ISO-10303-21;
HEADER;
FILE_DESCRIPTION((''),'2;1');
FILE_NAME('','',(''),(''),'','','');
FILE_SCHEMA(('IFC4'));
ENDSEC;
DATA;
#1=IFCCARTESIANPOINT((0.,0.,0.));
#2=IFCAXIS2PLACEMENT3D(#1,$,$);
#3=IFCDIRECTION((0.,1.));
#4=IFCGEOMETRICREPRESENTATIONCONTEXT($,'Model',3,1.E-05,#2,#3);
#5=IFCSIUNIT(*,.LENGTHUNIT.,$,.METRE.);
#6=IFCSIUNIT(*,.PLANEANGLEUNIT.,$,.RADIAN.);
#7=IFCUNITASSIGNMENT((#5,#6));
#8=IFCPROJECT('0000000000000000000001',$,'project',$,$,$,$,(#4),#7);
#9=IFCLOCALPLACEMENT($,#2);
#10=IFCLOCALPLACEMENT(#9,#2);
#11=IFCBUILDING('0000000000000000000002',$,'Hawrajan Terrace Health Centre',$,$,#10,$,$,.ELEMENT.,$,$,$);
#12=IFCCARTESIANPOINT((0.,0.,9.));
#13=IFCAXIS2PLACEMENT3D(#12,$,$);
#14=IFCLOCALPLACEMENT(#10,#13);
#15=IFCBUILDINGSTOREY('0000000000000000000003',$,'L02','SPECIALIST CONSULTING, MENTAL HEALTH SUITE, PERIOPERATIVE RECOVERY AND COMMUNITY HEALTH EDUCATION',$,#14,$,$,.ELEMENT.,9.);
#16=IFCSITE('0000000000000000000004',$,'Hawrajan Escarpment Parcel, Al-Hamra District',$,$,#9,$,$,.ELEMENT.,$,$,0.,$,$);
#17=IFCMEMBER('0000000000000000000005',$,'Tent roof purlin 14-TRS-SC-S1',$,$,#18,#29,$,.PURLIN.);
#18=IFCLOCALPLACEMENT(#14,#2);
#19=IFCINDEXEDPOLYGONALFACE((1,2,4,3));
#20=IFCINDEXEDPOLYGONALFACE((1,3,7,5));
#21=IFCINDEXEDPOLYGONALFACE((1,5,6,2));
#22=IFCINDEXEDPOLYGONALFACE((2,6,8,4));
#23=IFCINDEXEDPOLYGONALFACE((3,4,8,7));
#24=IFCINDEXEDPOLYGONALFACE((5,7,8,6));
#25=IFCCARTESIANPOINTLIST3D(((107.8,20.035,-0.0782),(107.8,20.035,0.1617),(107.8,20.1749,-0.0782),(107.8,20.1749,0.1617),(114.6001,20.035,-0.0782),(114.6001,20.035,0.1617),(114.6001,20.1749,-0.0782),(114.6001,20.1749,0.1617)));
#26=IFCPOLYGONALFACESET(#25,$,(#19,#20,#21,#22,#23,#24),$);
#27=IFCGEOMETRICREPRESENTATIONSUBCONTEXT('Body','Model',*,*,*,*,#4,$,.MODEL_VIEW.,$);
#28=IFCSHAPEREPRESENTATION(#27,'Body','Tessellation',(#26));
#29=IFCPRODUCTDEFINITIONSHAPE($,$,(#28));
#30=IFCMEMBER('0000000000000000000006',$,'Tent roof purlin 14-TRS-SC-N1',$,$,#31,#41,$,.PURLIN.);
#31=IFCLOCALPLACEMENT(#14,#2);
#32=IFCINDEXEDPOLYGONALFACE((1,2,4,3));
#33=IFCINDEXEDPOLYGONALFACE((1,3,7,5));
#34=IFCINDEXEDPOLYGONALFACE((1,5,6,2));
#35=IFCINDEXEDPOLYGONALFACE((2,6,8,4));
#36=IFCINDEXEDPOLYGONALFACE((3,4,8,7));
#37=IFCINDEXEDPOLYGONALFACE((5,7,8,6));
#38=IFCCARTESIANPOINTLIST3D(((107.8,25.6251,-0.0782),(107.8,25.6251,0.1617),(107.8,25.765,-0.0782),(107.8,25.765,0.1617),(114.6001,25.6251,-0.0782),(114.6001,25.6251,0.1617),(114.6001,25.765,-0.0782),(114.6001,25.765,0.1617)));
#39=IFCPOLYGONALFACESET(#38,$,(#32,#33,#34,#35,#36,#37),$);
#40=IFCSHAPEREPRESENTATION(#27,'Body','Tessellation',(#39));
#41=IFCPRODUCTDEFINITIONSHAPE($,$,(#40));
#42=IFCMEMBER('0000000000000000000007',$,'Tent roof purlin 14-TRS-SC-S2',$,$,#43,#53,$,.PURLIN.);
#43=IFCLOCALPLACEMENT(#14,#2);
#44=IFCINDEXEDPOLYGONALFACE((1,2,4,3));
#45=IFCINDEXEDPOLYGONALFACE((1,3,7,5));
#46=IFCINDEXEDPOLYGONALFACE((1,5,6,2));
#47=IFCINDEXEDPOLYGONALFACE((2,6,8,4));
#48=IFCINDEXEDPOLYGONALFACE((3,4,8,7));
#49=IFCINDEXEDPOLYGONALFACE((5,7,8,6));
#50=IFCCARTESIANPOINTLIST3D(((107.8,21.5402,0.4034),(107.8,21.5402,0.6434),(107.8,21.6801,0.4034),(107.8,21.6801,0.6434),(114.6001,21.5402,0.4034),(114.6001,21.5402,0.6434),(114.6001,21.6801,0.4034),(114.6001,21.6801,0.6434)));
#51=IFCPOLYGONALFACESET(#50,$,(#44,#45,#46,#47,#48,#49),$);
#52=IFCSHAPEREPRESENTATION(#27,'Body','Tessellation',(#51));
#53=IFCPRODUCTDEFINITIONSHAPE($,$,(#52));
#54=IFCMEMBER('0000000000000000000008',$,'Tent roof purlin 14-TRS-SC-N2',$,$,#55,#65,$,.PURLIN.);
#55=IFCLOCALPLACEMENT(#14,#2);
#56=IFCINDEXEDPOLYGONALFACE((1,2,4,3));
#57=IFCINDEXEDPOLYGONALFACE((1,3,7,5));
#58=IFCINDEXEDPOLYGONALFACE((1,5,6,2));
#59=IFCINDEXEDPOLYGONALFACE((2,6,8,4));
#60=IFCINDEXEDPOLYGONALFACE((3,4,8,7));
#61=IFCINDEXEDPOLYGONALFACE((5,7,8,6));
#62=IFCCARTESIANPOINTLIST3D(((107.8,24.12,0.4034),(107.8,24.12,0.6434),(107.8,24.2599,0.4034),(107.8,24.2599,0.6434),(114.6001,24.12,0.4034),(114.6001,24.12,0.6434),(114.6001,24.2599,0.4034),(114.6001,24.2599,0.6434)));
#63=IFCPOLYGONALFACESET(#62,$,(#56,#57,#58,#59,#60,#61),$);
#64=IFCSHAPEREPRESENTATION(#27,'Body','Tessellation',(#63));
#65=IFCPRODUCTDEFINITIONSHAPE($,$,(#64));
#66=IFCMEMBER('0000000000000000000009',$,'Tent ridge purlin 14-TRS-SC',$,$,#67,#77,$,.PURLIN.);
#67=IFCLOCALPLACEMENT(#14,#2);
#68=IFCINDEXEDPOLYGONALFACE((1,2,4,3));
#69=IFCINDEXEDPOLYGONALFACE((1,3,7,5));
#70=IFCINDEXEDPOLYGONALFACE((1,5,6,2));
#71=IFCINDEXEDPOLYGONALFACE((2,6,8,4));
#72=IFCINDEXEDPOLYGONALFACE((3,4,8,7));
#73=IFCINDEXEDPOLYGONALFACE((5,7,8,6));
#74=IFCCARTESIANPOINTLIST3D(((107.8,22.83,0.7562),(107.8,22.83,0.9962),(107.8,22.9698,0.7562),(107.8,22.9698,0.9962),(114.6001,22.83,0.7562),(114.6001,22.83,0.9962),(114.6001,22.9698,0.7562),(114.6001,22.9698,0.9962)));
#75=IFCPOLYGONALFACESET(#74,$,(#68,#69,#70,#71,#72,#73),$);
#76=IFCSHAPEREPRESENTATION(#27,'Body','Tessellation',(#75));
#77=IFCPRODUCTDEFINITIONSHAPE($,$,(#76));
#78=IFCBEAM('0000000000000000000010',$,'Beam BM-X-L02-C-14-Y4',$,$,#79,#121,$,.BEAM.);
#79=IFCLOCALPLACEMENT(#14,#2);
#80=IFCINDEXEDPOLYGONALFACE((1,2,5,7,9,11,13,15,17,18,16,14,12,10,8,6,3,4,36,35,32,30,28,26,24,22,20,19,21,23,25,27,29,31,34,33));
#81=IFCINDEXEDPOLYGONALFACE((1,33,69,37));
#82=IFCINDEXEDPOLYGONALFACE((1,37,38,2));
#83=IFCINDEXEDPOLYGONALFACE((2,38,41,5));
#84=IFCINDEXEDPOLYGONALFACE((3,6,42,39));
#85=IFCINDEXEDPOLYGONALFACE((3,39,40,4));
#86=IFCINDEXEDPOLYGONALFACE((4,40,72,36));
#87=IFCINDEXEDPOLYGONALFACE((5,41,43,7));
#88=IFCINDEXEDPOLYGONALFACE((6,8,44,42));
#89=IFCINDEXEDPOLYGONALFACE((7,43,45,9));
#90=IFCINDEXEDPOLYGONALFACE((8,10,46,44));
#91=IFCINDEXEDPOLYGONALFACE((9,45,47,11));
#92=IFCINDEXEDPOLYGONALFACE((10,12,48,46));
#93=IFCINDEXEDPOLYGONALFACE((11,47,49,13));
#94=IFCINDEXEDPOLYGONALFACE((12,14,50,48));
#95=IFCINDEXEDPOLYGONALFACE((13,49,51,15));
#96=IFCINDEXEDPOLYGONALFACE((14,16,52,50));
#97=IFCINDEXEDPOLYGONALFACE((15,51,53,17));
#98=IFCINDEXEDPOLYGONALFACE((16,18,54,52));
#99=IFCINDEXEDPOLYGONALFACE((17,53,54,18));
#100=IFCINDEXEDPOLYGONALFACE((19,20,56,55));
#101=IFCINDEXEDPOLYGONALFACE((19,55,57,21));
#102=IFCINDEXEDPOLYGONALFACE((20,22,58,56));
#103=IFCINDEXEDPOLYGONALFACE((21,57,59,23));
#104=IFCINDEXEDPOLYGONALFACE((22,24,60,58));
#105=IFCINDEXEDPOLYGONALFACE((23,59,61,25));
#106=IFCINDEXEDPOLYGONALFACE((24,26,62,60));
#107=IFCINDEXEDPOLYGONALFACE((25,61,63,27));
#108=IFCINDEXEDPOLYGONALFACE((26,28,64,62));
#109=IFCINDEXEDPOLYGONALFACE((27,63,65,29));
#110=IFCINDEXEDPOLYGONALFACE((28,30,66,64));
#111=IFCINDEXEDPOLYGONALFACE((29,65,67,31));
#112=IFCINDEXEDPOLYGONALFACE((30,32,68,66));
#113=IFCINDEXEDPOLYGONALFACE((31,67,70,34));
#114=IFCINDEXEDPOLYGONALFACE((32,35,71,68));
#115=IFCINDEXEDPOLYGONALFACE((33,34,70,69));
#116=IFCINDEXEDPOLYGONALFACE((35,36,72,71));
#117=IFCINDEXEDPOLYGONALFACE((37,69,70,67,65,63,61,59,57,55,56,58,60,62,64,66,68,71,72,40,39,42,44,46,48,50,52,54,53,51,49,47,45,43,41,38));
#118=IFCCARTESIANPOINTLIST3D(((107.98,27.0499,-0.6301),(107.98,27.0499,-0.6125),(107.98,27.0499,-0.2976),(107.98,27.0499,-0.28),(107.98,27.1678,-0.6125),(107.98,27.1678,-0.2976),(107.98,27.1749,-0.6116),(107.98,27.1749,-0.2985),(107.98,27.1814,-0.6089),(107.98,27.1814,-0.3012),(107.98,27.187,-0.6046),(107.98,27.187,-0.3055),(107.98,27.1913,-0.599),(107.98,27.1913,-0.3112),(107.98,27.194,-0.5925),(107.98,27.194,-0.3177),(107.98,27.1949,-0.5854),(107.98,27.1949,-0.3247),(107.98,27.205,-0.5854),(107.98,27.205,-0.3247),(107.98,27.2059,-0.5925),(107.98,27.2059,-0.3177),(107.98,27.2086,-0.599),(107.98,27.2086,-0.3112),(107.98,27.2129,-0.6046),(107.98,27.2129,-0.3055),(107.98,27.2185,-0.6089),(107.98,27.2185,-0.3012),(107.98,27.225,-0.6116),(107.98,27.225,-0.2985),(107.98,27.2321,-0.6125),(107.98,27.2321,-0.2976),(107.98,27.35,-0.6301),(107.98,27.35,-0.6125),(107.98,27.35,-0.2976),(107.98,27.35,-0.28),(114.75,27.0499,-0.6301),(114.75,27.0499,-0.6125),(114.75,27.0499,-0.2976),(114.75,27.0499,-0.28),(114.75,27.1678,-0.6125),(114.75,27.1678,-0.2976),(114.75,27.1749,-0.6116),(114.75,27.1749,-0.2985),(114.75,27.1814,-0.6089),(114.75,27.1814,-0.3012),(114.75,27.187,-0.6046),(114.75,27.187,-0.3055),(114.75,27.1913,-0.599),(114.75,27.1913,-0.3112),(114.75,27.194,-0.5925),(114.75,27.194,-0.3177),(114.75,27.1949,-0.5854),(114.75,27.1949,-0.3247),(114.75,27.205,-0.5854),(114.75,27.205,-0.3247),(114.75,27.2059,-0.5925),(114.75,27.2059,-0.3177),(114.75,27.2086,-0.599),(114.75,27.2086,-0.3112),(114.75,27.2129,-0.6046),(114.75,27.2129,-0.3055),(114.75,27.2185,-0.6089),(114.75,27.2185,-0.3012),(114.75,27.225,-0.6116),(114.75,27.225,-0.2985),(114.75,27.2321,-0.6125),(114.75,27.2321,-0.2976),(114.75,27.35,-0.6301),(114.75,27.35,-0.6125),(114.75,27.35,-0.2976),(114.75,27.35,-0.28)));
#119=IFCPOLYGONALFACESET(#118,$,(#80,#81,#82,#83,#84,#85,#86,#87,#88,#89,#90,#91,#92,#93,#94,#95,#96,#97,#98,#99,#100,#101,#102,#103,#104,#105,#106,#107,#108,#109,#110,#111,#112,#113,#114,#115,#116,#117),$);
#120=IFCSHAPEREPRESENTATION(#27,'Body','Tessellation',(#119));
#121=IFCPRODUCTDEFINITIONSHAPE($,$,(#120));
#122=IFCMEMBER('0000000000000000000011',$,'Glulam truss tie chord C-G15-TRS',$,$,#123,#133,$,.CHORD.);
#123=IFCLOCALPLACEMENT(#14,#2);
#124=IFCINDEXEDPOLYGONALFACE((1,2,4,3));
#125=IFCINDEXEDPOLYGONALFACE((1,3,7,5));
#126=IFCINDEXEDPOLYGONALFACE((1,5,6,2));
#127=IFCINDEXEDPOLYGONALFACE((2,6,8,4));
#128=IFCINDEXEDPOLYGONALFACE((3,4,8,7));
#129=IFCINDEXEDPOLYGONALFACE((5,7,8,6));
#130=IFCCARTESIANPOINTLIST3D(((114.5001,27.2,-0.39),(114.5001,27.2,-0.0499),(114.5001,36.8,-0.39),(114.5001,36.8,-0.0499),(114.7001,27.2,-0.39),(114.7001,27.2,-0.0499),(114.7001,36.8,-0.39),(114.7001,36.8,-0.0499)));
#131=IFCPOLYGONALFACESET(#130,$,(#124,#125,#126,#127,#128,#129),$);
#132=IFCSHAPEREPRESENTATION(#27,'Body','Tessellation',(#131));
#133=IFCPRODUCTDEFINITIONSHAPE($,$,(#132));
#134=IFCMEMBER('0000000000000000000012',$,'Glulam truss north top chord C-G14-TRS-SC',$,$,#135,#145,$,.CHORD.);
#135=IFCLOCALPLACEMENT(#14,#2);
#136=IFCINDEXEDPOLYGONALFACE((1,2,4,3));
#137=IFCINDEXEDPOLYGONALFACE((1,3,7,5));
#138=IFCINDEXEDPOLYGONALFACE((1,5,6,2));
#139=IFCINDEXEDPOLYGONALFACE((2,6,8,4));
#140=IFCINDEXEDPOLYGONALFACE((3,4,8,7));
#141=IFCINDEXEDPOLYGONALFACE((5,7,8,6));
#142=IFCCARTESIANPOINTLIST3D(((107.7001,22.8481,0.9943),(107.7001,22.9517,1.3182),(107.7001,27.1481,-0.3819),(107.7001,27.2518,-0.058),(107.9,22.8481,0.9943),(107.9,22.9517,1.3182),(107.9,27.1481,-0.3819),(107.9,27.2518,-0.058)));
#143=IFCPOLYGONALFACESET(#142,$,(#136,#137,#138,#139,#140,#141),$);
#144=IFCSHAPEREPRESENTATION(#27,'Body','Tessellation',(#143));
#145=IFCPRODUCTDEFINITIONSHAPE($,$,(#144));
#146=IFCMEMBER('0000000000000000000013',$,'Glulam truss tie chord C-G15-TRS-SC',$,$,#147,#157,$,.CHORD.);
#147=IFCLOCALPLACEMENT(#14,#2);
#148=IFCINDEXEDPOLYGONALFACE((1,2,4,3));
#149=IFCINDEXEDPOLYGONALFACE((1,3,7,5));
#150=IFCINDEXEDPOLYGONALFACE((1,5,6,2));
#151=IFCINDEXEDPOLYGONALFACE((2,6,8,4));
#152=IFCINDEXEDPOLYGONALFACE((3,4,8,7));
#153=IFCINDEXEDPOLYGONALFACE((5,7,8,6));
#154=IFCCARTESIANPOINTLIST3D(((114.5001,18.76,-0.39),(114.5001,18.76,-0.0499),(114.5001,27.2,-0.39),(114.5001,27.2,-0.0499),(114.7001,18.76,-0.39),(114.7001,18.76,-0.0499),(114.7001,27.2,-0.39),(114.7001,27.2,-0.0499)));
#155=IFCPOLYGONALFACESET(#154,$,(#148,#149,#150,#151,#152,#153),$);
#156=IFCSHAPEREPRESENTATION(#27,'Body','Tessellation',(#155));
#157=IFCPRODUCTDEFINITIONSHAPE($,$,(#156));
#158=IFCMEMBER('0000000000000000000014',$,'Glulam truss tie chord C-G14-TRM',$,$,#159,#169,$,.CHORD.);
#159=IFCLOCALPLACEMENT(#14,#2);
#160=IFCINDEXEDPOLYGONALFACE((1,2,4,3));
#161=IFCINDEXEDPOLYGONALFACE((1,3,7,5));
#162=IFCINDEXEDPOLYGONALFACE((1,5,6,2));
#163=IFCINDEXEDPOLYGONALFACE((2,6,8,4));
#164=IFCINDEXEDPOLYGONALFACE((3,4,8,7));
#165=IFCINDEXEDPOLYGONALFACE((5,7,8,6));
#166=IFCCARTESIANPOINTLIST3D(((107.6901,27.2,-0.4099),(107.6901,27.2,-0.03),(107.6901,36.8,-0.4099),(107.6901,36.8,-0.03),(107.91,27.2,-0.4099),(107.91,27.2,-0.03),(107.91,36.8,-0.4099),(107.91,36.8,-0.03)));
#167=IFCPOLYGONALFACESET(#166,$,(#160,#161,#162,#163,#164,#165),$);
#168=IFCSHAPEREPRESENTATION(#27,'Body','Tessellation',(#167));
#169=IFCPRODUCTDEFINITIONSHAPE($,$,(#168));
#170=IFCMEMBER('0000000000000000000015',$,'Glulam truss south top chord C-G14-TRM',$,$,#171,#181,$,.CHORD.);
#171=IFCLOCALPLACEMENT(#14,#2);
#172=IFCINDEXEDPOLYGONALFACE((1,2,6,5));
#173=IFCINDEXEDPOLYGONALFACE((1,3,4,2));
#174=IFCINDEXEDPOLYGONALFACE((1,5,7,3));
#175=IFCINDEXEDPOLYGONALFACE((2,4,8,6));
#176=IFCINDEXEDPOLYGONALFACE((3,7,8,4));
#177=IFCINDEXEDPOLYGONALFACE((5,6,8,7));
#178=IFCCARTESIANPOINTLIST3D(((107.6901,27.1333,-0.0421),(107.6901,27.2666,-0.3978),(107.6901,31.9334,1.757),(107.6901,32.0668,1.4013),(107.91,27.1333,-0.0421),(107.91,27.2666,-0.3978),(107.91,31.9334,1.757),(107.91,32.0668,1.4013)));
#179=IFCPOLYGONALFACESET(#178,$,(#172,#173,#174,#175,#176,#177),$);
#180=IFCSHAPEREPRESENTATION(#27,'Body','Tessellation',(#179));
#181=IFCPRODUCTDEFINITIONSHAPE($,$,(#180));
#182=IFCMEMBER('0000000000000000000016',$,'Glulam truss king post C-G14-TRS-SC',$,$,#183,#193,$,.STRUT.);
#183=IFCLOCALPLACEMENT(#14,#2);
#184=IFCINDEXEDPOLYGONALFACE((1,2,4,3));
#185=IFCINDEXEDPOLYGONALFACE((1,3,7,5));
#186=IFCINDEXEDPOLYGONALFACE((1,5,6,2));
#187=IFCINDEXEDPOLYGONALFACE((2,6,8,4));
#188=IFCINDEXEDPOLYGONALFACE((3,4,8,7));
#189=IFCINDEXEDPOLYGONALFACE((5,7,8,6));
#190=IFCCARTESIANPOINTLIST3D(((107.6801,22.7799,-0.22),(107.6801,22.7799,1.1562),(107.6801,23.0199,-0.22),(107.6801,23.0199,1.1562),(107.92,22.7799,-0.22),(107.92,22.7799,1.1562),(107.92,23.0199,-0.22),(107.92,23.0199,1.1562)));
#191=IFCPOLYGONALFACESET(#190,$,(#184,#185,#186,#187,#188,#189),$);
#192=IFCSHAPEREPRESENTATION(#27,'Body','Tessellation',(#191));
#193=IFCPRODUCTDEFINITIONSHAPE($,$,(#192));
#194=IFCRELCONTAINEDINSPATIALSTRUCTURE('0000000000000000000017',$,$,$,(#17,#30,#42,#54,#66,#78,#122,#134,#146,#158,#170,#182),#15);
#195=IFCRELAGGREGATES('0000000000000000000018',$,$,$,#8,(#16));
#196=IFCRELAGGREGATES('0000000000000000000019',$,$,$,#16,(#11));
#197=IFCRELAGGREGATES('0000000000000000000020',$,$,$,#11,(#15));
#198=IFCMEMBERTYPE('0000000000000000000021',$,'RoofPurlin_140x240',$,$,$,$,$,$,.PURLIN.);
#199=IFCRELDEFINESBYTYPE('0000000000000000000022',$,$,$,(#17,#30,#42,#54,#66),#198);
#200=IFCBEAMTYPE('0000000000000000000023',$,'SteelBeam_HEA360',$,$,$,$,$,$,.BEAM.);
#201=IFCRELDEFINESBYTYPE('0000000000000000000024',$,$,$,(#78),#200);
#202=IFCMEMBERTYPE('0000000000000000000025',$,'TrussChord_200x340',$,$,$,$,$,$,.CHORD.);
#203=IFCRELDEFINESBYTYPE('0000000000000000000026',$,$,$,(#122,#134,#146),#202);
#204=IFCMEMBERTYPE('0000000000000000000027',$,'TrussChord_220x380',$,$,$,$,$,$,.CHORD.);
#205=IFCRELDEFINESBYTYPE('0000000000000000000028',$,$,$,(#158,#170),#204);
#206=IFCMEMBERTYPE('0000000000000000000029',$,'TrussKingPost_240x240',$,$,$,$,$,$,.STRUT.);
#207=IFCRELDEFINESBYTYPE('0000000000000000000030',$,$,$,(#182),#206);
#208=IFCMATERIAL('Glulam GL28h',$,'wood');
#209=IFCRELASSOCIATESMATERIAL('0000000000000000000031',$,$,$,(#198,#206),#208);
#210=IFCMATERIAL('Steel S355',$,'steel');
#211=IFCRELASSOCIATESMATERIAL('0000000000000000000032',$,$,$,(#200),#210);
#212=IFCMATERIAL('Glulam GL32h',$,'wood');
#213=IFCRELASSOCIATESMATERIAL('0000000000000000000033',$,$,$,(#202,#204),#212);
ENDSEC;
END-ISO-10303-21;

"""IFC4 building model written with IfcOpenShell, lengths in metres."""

from ifc_helpers import new_model, si_unit, direction, frame, origin, origin_2d, place, context, subcontext, project, spatial, rectangle, i_section, extrude, material, material_profile, profile_set, type_object, element, save


model = new_model("IFC4")

# Units and contexts
model_context = context("Model", 3, precision=1e-05, world=origin(), true_north=direction((0.0, 1.0)))
body_context = subcontext(model_context, "Body", "Model", "MODEL_VIEW")
ifc_project = project(units=[si_unit("LENGTHUNIT", "METRE"), si_unit("PLANEANGLEUNIT", "RADIAN")], contexts=[model_context])

# Site, building, storey
site_placement = place(None, origin())
site = spatial("IfcSite", under=ifc_project, at=site_placement, Name="Hawrajan Escarpment Parcel, Al-Hamra District", CompositionType="ELEMENT", RefElevation=0.0)
building_placement = place(site_placement, origin())
building = spatial("IfcBuilding", under=site, at=building_placement, Name="Hawrajan Terrace Health Centre", CompositionType="ELEMENT")
storey_placement = place(building_placement, frame((0.0, 0.0, 9.0)))
storey = spatial("IfcBuildingStorey", under=building, at=storey_placement, Name="L02", Description="SPECIALIST CONSULTING, MENTAL HEALTH SUITE, PERIOPERATIVE RECOVERY AND COMMUNITY HEALTH EDUCATION", CompositionType="ELEMENT", Elevation=9.0)

# Members
ifc_material_1 = material(Name="Glulam GL28h", Category="wood")
ifc_material_profile_1 = material_profile(ifc_material_1, rectangle(XDim=0.1399, YDim=0.24, at=origin_2d()), Name="GL PUR 140x240")
ifc_profile_set_1 = profile_set([ifc_material_profile_1], Name="Glulam GL28h")
member_type_1 = type_object("IfcMemberType", Name="RoofPurlin_140x240", PredefinedType="PURLIN", material=ifc_profile_set_1)
for number, where, z_axis, x_axis, name in (
    (1, (107.8, 20.105, 0.0417), (1.0, 0.0, 0.0), (0.0, 1.0, 0.0), "Tent roof purlin 14-TRS-SC-S1"),
    (2, (107.8, 25.6951, 0.0417), (1.0, 0.0, 0.0), (0.0, 1.0, 0.0), "Tent roof purlin 14-TRS-SC-N1"),
    (3, (107.8, 21.6101, 0.5234), (1.0, 0.0, 0.0), (0.0, 1.0, 0.0), "Tent roof purlin 14-TRS-SC-S2"),
    (4, (107.8, 24.1899, 0.5234), (1.0, 0.0, 0.0), (0.0, 1.0, 0.0), "Tent roof purlin 14-TRS-SC-N2"),
    (5, (107.8, 22.8999, 0.8762), (1.0, 0.0, 0.0), (0.0, 1.0, 0.0), "Tent ridge purlin 14-TRS-SC"),
):
    element("IfcMember", number, at=place(storey_placement, frame(where, z_axis=z_axis, x_axis=x_axis)), inside=storey, type_object=member_type_1, Name=name, PredefinedType="PURLIN", context=body_context, shape_type="SweptSolid", body=[
        extrude(rectangle(XDim=0.1399, YDim=0.24, at=origin_2d()), origin(), (0.0, 0.0, 1.0), 6.8),
    ])

# Beam
ifc_material_2 = material(Name="Steel S355", Category="steel")
ifc_material_profile_2 = material_profile(ifc_material_2, i_section(OverallWidth=0.3, OverallDepth=0.3501, WebThickness=0.01, FlangeThickness=0.0176, FilletRadius=0.0271, at=origin_2d()), Name="HEA 360")
ifc_profile_set_2 = profile_set([ifc_material_profile_2], Name="Steel S355")
beam_type = type_object("IfcBeamType", Name="SteelBeam_HEA360", PredefinedType="BEAM", material=ifc_profile_set_2)
beam_placement = place(storey_placement, frame((107.98, 27.2, -0.4551), z_axis=(1.0, 0.0, 0.0), x_axis=(0.0, 1.0, 0.0)))
element("IfcBeam", 6, at=beam_placement, inside=storey, type_object=beam_type, Name="Beam BM-X-L02-C-14-Y4", PredefinedType="BEAM", context=body_context, shape_type="SweptSolid", body=[
    extrude(i_section(OverallWidth=0.3, OverallDepth=0.3501, WebThickness=0.01, FlangeThickness=0.0176, FilletRadius=0.0271, at=origin_2d()), origin(), (0.0, 0.0, 1.0), 6.77),
])

# Members
ifc_material_3 = material(Name="Glulam GL32h", Category="wood")
ifc_material_profile_3 = material_profile(ifc_material_3, rectangle(XDim=0.2, YDim=0.3401, at=origin_2d()), Name="GL CHD 200x340")
ifc_profile_set_3 = profile_set([ifc_material_profile_3], Name="Glulam GL32h")
member_type_2 = type_object("IfcMemberType", Name="TrussChord_200x340", PredefinedType="CHORD", material=ifc_profile_set_3)
member_1_placement = place(storey_placement, frame((114.6001, 27.2, -0.22), z_axis=(0.0, 1.0, 0.0), x_axis=(-1.0, 0.0, 0.0)))
element("IfcMember", 7, at=member_1_placement, inside=storey, type_object=member_type_2, Name="Glulam truss tie chord C-G15-TRS", PredefinedType="CHORD", context=body_context, shape_type="SweptSolid", body=[
    extrude(rectangle(XDim=0.2, YDim=0.3401, at=origin_2d()), origin(), (0.0, 0.0, 1.0), 9.6001),
])
member_2_placement = place(storey_placement, frame((107.8, 22.8999, 1.1562), z_axis=(0.0, 0.952411, -0.304817), x_axis=(-1.0, 0.0, 0.0)))
element("IfcMember", 8, at=member_2_placement, inside=storey, type_object=member_type_2, Name="Glulam truss north top chord C-G14-TRS-SC", PredefinedType="CHORD", context=body_context, shape_type="SweptSolid", body=[
    extrude(rectangle(XDim=0.2, YDim=0.3401, at=origin_2d()), origin(), (0.0, 0.0, 1.0), 4.5149),
])
member_3_placement = place(storey_placement, frame((114.6001, 18.76, -0.22), z_axis=(0.0, 1.0, 0.0), x_axis=(-1.0, 0.0, 0.0)))
element("IfcMember", 9, at=member_3_placement, inside=storey, type_object=member_type_2, Name="Glulam truss tie chord C-G15-TRS-SC", PredefinedType="CHORD", context=body_context, shape_type="SweptSolid", body=[
    extrude(rectangle(XDim=0.2, YDim=0.3401, at=origin_2d()), origin(), (0.0, 0.0, 1.0), 8.4399),
])
ifc_material_profile_4 = material_profile(ifc_material_3, rectangle(XDim=0.22, YDim=0.3799, at=origin_2d()), Name="GL CHD 220x380")
ifc_profile_set_4 = profile_set([ifc_material_profile_4], Name="Glulam GL32h")
member_type_3 = type_object("IfcMemberType", Name="TrussChord_220x380", PredefinedType="CHORD", material=ifc_profile_set_4)
member_4_placement = place(storey_placement, frame((107.8, 27.2, -0.22), z_axis=(0.0, 1.0, 0.0), x_axis=(-1.0, 0.0, 0.0)))
element("IfcMember", 10, at=member_4_placement, inside=storey, type_object=member_type_3, Name="Glulam truss tie chord C-G14-TRM", PredefinedType="CHORD", context=body_context, shape_type="SweptSolid", body=[
    extrude(rectangle(XDim=0.22, YDim=0.3799, at=origin_2d()), origin(), (0.0, 0.0, 1.0), 9.6001),
])
member_5_placement = place(storey_placement, frame((107.8, 27.2, -0.22), z_axis=(0.0, 0.93639, 0.350962), x_axis=(-1.0, 0.0, 0.0)))
element("IfcMember", 11, at=member_5_placement, inside=storey, type_object=member_type_3, Name="Glulam truss south top chord C-G14-TRM", PredefinedType="CHORD", context=body_context, shape_type="SweptSolid", body=[
    extrude(rectangle(XDim=0.22, YDim=0.3799, at=origin_2d()), origin(), (0.0, 0.0, 1.0), 5.1262),
])
ifc_material_profile_5 = material_profile(ifc_material_1, rectangle(XDim=0.24, YDim=0.24, at=origin_2d()), Name="GL KP 240x240")
ifc_profile_set_5 = profile_set([ifc_material_profile_5], Name="Glulam GL28h")
member_type_4 = type_object("IfcMemberType", Name="TrussKingPost_240x240", PredefinedType="STRUT", material=ifc_profile_set_5)
member_6_placement = place(storey_placement, frame((107.8, 22.8999, -0.22), z_axis=(0.0, 0.0, 1.0), x_axis=(1.0, 0.0, 0.0)))
element("IfcMember", 12, at=member_6_placement, inside=storey, type_object=member_type_4, Name="Glulam truss king post C-G14-TRS-SC", PredefinedType="STRUT", context=body_context, shape_type="SweptSolid", body=[
    extrude(rectangle(XDim=0.24, YDim=0.24, at=origin_2d()), origin(), (0.0, 0.0, 1.0), 1.3762),
])

save(model, "model.ifc")
